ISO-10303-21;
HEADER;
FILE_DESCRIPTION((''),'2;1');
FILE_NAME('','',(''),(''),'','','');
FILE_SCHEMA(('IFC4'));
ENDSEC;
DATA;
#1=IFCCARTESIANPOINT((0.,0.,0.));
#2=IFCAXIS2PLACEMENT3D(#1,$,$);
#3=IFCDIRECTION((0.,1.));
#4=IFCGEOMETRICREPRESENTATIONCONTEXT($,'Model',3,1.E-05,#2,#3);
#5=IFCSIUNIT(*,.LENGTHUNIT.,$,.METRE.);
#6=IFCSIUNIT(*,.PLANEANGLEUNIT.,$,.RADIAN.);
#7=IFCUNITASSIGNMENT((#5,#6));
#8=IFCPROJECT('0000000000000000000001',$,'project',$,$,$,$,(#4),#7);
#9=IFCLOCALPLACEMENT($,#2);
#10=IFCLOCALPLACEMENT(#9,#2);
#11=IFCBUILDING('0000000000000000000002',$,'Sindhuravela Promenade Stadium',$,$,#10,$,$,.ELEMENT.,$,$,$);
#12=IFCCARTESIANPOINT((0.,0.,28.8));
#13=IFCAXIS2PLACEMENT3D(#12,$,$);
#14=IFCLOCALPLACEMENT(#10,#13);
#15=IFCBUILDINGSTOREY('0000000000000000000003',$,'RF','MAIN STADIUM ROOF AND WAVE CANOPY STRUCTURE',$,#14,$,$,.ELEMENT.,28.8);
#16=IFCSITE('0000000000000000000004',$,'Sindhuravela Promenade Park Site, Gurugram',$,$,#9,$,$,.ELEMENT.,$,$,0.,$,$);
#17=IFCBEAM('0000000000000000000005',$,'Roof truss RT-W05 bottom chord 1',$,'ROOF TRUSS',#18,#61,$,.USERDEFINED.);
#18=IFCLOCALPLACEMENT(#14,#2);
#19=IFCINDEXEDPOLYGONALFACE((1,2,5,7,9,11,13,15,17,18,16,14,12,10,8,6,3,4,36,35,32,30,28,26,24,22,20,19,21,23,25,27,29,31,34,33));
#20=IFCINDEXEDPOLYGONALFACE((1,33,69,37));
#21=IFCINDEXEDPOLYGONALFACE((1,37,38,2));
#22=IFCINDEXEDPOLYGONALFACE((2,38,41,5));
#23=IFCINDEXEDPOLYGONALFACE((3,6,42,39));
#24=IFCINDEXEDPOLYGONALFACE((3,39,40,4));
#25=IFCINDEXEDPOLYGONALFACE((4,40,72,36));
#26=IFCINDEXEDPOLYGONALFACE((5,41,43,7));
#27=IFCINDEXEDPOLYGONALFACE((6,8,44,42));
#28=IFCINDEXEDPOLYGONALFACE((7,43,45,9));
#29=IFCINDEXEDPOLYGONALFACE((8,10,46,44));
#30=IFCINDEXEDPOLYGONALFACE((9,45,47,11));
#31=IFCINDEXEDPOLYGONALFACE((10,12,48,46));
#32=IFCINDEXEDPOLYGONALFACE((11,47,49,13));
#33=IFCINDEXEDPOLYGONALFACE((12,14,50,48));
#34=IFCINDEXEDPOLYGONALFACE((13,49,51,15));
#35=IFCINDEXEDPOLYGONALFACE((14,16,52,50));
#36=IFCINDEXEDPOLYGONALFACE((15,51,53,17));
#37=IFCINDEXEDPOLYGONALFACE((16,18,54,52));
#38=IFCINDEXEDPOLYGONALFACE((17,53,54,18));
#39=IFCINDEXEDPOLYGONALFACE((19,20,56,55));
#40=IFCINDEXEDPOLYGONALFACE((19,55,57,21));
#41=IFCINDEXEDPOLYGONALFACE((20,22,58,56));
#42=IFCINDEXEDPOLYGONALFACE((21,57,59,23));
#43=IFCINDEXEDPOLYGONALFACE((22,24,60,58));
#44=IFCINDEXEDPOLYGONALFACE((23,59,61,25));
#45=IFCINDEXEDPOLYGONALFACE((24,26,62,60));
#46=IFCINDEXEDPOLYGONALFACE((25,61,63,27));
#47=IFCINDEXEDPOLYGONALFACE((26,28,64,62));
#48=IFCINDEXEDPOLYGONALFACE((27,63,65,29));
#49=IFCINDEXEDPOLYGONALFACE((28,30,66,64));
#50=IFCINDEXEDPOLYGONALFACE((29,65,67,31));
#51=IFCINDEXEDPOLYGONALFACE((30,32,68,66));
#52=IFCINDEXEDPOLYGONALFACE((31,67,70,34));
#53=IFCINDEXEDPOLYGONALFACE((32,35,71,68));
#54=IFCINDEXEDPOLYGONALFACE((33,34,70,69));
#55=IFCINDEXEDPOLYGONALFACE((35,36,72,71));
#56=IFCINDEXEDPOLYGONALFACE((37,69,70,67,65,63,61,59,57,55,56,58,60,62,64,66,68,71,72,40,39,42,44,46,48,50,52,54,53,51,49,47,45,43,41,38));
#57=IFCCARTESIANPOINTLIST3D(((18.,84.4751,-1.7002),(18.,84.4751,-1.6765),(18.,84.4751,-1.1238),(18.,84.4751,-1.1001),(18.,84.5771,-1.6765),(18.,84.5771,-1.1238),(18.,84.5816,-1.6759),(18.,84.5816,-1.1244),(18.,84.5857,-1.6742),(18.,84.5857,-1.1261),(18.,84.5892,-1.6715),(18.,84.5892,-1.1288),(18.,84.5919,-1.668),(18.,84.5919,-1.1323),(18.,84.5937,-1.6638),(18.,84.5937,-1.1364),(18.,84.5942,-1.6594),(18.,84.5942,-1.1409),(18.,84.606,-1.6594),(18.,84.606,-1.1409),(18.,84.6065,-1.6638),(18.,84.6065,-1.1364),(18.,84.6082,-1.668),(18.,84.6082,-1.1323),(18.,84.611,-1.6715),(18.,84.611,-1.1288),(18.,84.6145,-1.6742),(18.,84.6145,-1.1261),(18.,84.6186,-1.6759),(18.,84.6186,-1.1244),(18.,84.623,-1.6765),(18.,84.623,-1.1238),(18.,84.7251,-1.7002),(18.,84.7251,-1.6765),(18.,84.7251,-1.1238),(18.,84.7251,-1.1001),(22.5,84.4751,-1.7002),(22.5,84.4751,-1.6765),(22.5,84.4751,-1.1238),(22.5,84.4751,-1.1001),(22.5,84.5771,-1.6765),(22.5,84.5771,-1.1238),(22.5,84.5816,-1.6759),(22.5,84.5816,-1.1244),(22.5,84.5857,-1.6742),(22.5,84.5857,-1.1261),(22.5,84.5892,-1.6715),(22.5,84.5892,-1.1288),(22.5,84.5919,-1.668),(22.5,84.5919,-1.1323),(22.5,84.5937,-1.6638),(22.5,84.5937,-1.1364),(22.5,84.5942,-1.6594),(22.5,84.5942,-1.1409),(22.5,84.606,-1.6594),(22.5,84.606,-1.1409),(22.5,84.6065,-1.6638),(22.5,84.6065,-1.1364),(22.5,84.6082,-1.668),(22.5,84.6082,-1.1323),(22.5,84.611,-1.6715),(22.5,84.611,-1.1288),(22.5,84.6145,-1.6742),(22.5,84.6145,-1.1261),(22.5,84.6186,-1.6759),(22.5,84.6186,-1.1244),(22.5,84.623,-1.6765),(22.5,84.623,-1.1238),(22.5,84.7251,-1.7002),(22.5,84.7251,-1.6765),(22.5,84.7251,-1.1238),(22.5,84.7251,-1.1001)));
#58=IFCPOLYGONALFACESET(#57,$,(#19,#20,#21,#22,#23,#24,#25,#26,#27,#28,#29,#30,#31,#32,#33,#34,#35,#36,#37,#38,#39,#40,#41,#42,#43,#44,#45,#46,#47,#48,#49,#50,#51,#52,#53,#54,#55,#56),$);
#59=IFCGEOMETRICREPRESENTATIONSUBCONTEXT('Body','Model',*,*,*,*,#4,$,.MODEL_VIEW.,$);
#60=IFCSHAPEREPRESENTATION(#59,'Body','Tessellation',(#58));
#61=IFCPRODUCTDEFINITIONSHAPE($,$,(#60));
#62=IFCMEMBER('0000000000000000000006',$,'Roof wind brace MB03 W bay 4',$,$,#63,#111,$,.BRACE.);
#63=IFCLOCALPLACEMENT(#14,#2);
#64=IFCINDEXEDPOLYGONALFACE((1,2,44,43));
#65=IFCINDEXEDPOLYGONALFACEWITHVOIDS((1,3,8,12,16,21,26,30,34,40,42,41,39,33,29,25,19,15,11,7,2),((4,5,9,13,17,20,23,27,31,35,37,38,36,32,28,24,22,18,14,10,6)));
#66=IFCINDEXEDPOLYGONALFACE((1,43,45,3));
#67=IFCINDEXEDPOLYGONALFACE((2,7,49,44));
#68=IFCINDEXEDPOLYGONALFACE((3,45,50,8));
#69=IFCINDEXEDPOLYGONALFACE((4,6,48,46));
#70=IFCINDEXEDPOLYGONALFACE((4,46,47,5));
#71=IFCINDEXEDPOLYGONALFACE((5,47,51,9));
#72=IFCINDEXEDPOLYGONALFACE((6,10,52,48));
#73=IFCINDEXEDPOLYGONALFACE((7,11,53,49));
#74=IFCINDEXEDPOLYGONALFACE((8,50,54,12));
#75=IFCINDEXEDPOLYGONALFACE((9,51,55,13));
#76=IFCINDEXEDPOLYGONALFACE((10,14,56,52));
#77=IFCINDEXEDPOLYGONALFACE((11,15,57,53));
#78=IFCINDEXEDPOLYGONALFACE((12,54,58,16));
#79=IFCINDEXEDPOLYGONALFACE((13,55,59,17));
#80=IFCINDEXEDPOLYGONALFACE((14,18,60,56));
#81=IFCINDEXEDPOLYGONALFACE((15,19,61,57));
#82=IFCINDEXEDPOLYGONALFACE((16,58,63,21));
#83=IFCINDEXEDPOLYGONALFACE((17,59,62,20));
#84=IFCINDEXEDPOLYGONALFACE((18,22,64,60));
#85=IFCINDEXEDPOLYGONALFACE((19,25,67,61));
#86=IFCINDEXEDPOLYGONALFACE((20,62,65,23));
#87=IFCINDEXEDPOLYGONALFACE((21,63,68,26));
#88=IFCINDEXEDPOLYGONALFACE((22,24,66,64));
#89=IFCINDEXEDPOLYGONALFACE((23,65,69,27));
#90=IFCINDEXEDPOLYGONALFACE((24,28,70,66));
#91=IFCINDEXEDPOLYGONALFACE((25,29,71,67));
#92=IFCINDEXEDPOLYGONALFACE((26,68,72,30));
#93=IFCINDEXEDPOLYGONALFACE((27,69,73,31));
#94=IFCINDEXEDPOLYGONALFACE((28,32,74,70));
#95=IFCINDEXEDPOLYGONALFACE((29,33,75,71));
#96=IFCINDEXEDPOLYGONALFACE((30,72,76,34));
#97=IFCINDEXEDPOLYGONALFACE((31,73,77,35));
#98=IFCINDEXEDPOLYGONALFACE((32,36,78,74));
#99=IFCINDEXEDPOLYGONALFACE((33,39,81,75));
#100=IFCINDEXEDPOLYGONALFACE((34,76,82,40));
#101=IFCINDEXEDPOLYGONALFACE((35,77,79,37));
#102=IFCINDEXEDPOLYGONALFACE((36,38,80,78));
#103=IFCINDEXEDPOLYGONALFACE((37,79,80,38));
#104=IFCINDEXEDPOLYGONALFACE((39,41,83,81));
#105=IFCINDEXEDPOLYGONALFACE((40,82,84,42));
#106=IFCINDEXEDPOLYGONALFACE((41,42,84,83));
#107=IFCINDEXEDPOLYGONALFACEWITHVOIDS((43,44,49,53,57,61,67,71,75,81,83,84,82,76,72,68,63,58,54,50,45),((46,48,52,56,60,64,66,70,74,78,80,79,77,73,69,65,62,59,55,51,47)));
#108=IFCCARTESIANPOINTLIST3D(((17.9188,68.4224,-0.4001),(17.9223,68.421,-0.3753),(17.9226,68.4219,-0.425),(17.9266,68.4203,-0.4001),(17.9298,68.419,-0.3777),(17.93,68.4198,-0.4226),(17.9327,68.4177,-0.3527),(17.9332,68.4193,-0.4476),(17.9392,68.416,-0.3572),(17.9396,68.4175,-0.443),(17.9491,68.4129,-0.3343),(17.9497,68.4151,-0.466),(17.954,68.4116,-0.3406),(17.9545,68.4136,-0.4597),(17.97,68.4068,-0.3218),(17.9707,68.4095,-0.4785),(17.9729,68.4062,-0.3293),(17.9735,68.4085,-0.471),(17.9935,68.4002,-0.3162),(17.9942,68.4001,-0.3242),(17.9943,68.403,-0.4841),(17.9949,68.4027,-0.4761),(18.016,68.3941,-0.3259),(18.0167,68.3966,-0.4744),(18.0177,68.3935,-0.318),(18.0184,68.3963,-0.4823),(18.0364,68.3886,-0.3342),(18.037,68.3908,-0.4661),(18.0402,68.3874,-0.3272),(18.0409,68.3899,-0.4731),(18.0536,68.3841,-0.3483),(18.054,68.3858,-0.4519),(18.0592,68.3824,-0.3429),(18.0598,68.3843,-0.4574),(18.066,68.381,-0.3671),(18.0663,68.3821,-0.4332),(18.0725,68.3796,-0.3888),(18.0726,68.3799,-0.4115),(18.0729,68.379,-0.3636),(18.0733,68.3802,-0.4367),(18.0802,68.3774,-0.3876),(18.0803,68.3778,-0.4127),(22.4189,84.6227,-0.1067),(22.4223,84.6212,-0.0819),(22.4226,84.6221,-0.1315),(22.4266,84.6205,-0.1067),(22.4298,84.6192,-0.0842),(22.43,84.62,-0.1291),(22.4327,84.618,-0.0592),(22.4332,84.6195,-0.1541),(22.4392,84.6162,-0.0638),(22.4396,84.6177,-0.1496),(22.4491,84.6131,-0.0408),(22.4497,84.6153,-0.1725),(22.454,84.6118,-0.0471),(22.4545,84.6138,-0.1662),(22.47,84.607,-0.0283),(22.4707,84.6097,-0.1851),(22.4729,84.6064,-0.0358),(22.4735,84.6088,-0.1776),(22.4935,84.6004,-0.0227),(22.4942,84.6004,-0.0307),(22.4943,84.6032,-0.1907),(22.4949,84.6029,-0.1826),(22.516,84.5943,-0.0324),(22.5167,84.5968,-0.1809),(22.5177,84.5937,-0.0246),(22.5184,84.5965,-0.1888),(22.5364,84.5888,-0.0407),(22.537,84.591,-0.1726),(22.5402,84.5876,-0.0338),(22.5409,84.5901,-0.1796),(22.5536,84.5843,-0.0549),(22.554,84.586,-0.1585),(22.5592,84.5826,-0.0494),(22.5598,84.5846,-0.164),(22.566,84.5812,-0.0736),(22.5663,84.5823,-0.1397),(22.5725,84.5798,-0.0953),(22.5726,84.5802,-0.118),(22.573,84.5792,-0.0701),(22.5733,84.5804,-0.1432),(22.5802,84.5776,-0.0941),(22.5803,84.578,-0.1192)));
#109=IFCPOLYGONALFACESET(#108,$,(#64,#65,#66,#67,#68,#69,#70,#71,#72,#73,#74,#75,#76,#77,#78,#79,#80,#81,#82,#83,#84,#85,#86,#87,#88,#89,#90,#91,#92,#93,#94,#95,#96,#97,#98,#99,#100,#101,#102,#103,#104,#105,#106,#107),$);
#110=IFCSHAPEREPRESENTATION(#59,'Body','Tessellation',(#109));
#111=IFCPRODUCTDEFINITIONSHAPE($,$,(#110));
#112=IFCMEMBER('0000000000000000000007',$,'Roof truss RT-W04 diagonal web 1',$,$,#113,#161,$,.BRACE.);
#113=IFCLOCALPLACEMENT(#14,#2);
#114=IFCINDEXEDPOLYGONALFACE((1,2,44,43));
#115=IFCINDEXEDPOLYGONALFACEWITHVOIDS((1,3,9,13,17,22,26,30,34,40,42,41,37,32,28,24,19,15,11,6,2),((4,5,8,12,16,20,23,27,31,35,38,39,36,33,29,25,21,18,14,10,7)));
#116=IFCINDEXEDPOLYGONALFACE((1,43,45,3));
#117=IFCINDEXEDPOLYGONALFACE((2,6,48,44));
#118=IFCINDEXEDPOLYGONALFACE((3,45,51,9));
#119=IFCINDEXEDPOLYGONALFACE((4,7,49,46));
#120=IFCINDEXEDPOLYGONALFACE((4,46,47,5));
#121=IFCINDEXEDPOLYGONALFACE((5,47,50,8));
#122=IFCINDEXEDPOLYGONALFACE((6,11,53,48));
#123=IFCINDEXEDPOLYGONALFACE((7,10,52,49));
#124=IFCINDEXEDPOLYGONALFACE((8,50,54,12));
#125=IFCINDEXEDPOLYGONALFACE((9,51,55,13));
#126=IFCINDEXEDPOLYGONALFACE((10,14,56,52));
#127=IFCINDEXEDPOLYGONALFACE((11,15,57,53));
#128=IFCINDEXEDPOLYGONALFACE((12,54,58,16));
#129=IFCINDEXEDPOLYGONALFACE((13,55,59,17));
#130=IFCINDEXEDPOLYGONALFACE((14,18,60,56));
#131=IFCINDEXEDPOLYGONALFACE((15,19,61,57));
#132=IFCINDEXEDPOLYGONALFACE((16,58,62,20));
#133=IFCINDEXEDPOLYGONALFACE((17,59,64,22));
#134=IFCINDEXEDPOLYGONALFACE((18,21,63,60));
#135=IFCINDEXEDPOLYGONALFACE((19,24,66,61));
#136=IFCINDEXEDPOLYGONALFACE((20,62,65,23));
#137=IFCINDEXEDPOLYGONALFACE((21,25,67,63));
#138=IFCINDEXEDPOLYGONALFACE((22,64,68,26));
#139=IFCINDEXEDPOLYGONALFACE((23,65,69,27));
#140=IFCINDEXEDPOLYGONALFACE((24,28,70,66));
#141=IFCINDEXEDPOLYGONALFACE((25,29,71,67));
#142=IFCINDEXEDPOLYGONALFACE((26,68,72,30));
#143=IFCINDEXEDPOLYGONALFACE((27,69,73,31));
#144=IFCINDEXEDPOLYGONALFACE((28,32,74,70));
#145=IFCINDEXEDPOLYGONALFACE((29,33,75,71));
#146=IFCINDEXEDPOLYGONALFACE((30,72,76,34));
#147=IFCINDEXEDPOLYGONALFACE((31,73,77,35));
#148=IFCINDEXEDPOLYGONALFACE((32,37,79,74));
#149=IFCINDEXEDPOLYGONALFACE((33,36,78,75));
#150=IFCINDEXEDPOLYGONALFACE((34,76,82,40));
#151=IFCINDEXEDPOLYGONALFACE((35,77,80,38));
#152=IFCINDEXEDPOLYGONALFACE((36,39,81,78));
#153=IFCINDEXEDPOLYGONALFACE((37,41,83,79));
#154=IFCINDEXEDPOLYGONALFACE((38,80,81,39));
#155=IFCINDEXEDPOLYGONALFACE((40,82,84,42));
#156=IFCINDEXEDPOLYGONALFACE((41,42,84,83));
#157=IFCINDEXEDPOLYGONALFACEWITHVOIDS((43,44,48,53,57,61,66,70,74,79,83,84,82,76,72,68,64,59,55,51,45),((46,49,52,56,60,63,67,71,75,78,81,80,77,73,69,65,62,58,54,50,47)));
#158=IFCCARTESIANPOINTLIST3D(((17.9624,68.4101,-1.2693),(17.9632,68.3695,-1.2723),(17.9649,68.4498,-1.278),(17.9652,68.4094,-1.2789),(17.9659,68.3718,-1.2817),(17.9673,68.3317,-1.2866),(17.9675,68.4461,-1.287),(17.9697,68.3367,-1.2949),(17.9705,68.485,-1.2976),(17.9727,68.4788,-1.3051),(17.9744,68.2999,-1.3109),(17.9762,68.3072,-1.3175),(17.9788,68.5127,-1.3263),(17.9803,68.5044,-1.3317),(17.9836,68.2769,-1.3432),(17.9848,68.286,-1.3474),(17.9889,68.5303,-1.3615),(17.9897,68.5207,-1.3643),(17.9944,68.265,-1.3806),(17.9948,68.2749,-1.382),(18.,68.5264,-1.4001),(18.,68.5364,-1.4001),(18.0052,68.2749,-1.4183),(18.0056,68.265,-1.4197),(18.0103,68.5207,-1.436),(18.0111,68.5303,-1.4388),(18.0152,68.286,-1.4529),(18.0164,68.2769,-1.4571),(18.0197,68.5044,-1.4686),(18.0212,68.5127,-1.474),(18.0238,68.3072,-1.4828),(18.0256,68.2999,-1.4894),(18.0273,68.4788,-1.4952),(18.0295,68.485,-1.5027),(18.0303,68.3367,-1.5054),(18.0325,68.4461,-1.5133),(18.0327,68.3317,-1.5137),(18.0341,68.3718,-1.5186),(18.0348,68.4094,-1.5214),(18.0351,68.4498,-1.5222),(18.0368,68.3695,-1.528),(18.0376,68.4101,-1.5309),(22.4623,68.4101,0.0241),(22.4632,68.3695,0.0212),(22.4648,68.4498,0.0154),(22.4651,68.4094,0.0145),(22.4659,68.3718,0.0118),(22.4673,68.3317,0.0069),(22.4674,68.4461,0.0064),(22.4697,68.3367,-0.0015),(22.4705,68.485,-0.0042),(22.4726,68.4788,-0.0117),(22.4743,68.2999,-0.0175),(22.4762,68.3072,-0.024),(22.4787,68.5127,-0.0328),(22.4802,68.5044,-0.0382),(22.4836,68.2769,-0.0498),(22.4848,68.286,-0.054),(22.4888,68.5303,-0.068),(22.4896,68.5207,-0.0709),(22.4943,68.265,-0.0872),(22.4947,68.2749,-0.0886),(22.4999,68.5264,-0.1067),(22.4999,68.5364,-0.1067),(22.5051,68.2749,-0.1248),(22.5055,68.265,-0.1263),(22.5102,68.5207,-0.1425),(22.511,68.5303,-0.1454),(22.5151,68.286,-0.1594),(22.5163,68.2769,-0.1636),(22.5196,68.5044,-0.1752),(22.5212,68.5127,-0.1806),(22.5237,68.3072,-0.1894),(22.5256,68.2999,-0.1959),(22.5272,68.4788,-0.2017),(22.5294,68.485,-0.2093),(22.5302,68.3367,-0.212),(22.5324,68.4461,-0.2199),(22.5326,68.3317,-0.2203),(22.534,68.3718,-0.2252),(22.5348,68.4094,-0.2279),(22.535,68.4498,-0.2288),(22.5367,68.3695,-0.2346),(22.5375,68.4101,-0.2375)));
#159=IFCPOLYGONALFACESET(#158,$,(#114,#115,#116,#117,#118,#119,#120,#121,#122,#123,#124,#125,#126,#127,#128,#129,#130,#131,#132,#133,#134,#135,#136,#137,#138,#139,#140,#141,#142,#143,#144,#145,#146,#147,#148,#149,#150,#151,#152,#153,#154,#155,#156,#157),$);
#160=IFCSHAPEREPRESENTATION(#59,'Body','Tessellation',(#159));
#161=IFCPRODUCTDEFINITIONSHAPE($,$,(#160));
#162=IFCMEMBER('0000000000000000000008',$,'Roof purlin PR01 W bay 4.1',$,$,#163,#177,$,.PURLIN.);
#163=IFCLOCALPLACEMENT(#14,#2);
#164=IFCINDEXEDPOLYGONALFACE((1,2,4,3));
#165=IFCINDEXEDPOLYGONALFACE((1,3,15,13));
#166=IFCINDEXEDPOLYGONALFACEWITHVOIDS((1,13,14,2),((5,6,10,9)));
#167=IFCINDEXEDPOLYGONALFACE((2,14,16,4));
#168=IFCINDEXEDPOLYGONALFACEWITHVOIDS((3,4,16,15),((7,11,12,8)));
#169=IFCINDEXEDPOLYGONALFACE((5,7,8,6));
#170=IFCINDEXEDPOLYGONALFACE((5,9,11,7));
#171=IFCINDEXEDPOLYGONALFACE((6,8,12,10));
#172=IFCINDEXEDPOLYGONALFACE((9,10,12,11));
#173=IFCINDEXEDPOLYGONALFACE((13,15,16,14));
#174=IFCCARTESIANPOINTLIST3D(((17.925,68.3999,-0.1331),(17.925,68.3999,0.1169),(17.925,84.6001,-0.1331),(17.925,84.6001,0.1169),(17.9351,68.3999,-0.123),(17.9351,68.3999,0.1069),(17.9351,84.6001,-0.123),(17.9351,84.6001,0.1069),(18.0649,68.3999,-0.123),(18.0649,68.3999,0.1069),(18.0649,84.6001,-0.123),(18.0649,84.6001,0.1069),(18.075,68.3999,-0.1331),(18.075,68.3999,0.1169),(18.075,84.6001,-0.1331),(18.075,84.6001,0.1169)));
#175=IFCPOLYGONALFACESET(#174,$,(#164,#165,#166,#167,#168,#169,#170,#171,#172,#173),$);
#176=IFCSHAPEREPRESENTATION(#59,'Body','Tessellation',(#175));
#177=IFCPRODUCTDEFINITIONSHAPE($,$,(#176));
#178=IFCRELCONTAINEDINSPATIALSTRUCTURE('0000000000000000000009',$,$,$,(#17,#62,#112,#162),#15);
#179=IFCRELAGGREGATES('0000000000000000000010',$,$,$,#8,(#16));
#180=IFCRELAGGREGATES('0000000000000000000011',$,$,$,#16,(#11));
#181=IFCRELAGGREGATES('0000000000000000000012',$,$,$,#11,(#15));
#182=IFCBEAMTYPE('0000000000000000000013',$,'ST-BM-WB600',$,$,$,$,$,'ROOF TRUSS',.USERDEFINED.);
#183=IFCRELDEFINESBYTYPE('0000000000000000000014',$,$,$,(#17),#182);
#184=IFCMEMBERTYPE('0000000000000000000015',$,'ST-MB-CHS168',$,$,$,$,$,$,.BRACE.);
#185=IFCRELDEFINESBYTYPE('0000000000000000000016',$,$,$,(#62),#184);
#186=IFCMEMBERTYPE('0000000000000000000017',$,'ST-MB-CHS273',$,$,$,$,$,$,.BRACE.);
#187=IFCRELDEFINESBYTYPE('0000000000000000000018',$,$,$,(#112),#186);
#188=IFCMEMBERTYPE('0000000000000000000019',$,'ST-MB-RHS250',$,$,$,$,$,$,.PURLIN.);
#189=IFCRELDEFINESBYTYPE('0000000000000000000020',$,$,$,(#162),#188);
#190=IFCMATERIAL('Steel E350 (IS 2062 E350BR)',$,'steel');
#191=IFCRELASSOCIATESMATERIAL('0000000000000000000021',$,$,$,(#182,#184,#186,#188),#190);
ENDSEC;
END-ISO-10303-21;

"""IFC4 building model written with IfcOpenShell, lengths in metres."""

from ifc_helpers import new_model, si_unit, direction, frame, origin, origin_2d, place, context, subcontext, project, spatial, hollow_rectangle, hollow_circle, i_section, extrude, material, material_profile, profile_set, type_object, element, save


model = new_model("IFC4")

# Units and contexts
model_context = context("Model", 3, precision=1e-05, world=origin(), true_north=direction((0.0, 1.0)))
body_context = subcontext(model_context, "Body", "Model", "MODEL_VIEW")
ifc_project = project(units=[si_unit("LENGTHUNIT", "METRE"), si_unit("PLANEANGLEUNIT", "RADIAN")], contexts=[model_context])

# Site, building, storey
site_placement = place(None, origin())
site = spatial("IfcSite", under=ifc_project, at=site_placement, Name="Sindhuravela Promenade Park Site, Gurugram", CompositionType="ELEMENT", RefElevation=0.0)
building_placement = place(site_placement, origin())
building = spatial("IfcBuilding", under=site, at=building_placement, Name="Sindhuravela Promenade Stadium", CompositionType="ELEMENT")
storey_placement = place(building_placement, frame((0.0, 0.0, 28.8)))
storey = spatial("IfcBuildingStorey", under=building, at=storey_placement, Name="RF", Description="MAIN STADIUM ROOF AND WAVE CANOPY STRUCTURE", CompositionType="ELEMENT", Elevation=28.8)

# Beam
ifc_material_1 = material(Name="Steel E350 (IS 2062 E350BR)", Category="steel")
ifc_material_profile_1 = material_profile(ifc_material_1, i_section(OverallWidth=0.25, OverallDepth=0.6001, WebThickness=0.0117, FlangeThickness=0.0237, FilletRadius=0.0171, at=origin_2d()), Name="ISWB 600")
ifc_profile_set_1 = profile_set([ifc_material_profile_1], Name="Steel E350 (IS 2062 E350BR)")
beam_type_1 = type_object("IfcBeamType", Name="ST-BM-WB600", ElementType="ROOF TRUSS", PredefinedType="USERDEFINED", material=ifc_profile_set_1)
beam_1_placement = place(storey_placement, frame((18.0, 84.6001, -1.4001), z_axis=(1.0, 0.0, 0.0), x_axis=(0.0, 1.0, 0.0)))
element("IfcBeam", 1, at=beam_1_placement, inside=storey, type_object=beam_type_1, Name="Roof truss RT-W05 bottom chord 1", ObjectType="ROOF TRUSS", PredefinedType="USERDEFINED", context=body_context, shape_type="SweptSolid", body=[
    extrude(i_section(OverallWidth=0.25, OverallDepth=0.6001, WebThickness=0.0117, FlangeThickness=0.0237, FilletRadius=0.0171, at=origin_2d()), origin(), (0.0, 0.0, 1.0), 4.5),
])

# Members
ifc_material_profile_2 = material_profile(ifc_material_1, hollow_circle(Radius=0.0842, WallThickness=0.0081, at=origin_2d()), Name="CHS 168.3x8")
ifc_profile_set_2 = profile_set([ifc_material_profile_2], Name="Steel E350 (IS 2062 E350BR)")
member_type_1 = type_object("IfcMemberType", Name="ST-MB-CHS168", PredefinedType="BRACE", material=ifc_profile_set_2)
member_1_placement = place(storey_placement, frame((18.0, 68.3999, -0.4001), z_axis=(0.2676, 0.963372, 0.017451), x_axis=(-0.963519, 0.267641, 0.0)))
element("IfcMember", 2, at=member_1_placement, inside=storey, type_object=member_type_1, Name="Roof wind brace MB03 W bay 4", PredefinedType="BRACE", context=body_context, shape_type="SweptSolid", body=[
    extrude(hollow_circle(Radius=0.0842, WallThickness=0.0081, at=origin_2d()), origin(), (0.0, 0.0, 1.0), 16.8162),
])
ifc_material_profile_3 = material_profile(ifc_material_1, hollow_circle(Radius=0.1365, WallThickness=0.01, at=origin_2d()), Name="CHS 273.0x10")
ifc_profile_set_3 = profile_set([ifc_material_profile_3], Name="Steel E350 (IS 2062 E350BR)")
member_type_2 = type_object("IfcMemberType", Name="ST-MB-CHS273", PredefinedType="BRACE", material=ifc_profile_set_3)
member_2_placement = place(storey_placement, frame((18.0, 68.3999, -1.4001), z_axis=(0.961086, 0.0, 0.27625), x_axis=(0.0, 1.0, 0.0)))
element("IfcMember", 3, at=member_2_placement, inside=storey, type_object=member_type_2, Name="Roof truss RT-W04 diagonal web 1", PredefinedType="BRACE", context=body_context, shape_type="SweptSolid", body=[
    extrude(hollow_circle(Radius=0.1365, WallThickness=0.01, at=origin_2d()), origin(), (0.0, 0.0, 1.0), 4.6821),
])
ifc_material_profile_4 = material_profile(ifc_material_1, hollow_rectangle(XDim=0.1499, YDim=0.25, WallThickness=0.01, at=origin_2d()), Name="RHS 250x150x10")
ifc_profile_set_4 = profile_set([ifc_material_profile_4], Name="Steel E350 (IS 2062 E350BR)")
member_type_3 = type_object("IfcMemberType", Name="ST-MB-RHS250", PredefinedType="PURLIN", material=ifc_profile_set_4)
member_3_placement = place(storey_placement, frame((18.0, 68.3999, -0.0081), z_axis=(0.0, 1.0, 0.0), x_axis=(-1.0, 0.0, 0.0)))
element("IfcMember", 4, at=member_3_placement, inside=storey, type_object=member_type_3, Name="Roof purlin PR01 W bay 4.1", PredefinedType="PURLIN", context=body_context, shape_type="SweptSolid", body=[
    extrude(hollow_rectangle(XDim=0.1499, YDim=0.25, WallThickness=0.01, at=origin_2d()), origin(), (0.0, 0.0, 1.0), 16.2002),
])

save(model, "model.ifc")
